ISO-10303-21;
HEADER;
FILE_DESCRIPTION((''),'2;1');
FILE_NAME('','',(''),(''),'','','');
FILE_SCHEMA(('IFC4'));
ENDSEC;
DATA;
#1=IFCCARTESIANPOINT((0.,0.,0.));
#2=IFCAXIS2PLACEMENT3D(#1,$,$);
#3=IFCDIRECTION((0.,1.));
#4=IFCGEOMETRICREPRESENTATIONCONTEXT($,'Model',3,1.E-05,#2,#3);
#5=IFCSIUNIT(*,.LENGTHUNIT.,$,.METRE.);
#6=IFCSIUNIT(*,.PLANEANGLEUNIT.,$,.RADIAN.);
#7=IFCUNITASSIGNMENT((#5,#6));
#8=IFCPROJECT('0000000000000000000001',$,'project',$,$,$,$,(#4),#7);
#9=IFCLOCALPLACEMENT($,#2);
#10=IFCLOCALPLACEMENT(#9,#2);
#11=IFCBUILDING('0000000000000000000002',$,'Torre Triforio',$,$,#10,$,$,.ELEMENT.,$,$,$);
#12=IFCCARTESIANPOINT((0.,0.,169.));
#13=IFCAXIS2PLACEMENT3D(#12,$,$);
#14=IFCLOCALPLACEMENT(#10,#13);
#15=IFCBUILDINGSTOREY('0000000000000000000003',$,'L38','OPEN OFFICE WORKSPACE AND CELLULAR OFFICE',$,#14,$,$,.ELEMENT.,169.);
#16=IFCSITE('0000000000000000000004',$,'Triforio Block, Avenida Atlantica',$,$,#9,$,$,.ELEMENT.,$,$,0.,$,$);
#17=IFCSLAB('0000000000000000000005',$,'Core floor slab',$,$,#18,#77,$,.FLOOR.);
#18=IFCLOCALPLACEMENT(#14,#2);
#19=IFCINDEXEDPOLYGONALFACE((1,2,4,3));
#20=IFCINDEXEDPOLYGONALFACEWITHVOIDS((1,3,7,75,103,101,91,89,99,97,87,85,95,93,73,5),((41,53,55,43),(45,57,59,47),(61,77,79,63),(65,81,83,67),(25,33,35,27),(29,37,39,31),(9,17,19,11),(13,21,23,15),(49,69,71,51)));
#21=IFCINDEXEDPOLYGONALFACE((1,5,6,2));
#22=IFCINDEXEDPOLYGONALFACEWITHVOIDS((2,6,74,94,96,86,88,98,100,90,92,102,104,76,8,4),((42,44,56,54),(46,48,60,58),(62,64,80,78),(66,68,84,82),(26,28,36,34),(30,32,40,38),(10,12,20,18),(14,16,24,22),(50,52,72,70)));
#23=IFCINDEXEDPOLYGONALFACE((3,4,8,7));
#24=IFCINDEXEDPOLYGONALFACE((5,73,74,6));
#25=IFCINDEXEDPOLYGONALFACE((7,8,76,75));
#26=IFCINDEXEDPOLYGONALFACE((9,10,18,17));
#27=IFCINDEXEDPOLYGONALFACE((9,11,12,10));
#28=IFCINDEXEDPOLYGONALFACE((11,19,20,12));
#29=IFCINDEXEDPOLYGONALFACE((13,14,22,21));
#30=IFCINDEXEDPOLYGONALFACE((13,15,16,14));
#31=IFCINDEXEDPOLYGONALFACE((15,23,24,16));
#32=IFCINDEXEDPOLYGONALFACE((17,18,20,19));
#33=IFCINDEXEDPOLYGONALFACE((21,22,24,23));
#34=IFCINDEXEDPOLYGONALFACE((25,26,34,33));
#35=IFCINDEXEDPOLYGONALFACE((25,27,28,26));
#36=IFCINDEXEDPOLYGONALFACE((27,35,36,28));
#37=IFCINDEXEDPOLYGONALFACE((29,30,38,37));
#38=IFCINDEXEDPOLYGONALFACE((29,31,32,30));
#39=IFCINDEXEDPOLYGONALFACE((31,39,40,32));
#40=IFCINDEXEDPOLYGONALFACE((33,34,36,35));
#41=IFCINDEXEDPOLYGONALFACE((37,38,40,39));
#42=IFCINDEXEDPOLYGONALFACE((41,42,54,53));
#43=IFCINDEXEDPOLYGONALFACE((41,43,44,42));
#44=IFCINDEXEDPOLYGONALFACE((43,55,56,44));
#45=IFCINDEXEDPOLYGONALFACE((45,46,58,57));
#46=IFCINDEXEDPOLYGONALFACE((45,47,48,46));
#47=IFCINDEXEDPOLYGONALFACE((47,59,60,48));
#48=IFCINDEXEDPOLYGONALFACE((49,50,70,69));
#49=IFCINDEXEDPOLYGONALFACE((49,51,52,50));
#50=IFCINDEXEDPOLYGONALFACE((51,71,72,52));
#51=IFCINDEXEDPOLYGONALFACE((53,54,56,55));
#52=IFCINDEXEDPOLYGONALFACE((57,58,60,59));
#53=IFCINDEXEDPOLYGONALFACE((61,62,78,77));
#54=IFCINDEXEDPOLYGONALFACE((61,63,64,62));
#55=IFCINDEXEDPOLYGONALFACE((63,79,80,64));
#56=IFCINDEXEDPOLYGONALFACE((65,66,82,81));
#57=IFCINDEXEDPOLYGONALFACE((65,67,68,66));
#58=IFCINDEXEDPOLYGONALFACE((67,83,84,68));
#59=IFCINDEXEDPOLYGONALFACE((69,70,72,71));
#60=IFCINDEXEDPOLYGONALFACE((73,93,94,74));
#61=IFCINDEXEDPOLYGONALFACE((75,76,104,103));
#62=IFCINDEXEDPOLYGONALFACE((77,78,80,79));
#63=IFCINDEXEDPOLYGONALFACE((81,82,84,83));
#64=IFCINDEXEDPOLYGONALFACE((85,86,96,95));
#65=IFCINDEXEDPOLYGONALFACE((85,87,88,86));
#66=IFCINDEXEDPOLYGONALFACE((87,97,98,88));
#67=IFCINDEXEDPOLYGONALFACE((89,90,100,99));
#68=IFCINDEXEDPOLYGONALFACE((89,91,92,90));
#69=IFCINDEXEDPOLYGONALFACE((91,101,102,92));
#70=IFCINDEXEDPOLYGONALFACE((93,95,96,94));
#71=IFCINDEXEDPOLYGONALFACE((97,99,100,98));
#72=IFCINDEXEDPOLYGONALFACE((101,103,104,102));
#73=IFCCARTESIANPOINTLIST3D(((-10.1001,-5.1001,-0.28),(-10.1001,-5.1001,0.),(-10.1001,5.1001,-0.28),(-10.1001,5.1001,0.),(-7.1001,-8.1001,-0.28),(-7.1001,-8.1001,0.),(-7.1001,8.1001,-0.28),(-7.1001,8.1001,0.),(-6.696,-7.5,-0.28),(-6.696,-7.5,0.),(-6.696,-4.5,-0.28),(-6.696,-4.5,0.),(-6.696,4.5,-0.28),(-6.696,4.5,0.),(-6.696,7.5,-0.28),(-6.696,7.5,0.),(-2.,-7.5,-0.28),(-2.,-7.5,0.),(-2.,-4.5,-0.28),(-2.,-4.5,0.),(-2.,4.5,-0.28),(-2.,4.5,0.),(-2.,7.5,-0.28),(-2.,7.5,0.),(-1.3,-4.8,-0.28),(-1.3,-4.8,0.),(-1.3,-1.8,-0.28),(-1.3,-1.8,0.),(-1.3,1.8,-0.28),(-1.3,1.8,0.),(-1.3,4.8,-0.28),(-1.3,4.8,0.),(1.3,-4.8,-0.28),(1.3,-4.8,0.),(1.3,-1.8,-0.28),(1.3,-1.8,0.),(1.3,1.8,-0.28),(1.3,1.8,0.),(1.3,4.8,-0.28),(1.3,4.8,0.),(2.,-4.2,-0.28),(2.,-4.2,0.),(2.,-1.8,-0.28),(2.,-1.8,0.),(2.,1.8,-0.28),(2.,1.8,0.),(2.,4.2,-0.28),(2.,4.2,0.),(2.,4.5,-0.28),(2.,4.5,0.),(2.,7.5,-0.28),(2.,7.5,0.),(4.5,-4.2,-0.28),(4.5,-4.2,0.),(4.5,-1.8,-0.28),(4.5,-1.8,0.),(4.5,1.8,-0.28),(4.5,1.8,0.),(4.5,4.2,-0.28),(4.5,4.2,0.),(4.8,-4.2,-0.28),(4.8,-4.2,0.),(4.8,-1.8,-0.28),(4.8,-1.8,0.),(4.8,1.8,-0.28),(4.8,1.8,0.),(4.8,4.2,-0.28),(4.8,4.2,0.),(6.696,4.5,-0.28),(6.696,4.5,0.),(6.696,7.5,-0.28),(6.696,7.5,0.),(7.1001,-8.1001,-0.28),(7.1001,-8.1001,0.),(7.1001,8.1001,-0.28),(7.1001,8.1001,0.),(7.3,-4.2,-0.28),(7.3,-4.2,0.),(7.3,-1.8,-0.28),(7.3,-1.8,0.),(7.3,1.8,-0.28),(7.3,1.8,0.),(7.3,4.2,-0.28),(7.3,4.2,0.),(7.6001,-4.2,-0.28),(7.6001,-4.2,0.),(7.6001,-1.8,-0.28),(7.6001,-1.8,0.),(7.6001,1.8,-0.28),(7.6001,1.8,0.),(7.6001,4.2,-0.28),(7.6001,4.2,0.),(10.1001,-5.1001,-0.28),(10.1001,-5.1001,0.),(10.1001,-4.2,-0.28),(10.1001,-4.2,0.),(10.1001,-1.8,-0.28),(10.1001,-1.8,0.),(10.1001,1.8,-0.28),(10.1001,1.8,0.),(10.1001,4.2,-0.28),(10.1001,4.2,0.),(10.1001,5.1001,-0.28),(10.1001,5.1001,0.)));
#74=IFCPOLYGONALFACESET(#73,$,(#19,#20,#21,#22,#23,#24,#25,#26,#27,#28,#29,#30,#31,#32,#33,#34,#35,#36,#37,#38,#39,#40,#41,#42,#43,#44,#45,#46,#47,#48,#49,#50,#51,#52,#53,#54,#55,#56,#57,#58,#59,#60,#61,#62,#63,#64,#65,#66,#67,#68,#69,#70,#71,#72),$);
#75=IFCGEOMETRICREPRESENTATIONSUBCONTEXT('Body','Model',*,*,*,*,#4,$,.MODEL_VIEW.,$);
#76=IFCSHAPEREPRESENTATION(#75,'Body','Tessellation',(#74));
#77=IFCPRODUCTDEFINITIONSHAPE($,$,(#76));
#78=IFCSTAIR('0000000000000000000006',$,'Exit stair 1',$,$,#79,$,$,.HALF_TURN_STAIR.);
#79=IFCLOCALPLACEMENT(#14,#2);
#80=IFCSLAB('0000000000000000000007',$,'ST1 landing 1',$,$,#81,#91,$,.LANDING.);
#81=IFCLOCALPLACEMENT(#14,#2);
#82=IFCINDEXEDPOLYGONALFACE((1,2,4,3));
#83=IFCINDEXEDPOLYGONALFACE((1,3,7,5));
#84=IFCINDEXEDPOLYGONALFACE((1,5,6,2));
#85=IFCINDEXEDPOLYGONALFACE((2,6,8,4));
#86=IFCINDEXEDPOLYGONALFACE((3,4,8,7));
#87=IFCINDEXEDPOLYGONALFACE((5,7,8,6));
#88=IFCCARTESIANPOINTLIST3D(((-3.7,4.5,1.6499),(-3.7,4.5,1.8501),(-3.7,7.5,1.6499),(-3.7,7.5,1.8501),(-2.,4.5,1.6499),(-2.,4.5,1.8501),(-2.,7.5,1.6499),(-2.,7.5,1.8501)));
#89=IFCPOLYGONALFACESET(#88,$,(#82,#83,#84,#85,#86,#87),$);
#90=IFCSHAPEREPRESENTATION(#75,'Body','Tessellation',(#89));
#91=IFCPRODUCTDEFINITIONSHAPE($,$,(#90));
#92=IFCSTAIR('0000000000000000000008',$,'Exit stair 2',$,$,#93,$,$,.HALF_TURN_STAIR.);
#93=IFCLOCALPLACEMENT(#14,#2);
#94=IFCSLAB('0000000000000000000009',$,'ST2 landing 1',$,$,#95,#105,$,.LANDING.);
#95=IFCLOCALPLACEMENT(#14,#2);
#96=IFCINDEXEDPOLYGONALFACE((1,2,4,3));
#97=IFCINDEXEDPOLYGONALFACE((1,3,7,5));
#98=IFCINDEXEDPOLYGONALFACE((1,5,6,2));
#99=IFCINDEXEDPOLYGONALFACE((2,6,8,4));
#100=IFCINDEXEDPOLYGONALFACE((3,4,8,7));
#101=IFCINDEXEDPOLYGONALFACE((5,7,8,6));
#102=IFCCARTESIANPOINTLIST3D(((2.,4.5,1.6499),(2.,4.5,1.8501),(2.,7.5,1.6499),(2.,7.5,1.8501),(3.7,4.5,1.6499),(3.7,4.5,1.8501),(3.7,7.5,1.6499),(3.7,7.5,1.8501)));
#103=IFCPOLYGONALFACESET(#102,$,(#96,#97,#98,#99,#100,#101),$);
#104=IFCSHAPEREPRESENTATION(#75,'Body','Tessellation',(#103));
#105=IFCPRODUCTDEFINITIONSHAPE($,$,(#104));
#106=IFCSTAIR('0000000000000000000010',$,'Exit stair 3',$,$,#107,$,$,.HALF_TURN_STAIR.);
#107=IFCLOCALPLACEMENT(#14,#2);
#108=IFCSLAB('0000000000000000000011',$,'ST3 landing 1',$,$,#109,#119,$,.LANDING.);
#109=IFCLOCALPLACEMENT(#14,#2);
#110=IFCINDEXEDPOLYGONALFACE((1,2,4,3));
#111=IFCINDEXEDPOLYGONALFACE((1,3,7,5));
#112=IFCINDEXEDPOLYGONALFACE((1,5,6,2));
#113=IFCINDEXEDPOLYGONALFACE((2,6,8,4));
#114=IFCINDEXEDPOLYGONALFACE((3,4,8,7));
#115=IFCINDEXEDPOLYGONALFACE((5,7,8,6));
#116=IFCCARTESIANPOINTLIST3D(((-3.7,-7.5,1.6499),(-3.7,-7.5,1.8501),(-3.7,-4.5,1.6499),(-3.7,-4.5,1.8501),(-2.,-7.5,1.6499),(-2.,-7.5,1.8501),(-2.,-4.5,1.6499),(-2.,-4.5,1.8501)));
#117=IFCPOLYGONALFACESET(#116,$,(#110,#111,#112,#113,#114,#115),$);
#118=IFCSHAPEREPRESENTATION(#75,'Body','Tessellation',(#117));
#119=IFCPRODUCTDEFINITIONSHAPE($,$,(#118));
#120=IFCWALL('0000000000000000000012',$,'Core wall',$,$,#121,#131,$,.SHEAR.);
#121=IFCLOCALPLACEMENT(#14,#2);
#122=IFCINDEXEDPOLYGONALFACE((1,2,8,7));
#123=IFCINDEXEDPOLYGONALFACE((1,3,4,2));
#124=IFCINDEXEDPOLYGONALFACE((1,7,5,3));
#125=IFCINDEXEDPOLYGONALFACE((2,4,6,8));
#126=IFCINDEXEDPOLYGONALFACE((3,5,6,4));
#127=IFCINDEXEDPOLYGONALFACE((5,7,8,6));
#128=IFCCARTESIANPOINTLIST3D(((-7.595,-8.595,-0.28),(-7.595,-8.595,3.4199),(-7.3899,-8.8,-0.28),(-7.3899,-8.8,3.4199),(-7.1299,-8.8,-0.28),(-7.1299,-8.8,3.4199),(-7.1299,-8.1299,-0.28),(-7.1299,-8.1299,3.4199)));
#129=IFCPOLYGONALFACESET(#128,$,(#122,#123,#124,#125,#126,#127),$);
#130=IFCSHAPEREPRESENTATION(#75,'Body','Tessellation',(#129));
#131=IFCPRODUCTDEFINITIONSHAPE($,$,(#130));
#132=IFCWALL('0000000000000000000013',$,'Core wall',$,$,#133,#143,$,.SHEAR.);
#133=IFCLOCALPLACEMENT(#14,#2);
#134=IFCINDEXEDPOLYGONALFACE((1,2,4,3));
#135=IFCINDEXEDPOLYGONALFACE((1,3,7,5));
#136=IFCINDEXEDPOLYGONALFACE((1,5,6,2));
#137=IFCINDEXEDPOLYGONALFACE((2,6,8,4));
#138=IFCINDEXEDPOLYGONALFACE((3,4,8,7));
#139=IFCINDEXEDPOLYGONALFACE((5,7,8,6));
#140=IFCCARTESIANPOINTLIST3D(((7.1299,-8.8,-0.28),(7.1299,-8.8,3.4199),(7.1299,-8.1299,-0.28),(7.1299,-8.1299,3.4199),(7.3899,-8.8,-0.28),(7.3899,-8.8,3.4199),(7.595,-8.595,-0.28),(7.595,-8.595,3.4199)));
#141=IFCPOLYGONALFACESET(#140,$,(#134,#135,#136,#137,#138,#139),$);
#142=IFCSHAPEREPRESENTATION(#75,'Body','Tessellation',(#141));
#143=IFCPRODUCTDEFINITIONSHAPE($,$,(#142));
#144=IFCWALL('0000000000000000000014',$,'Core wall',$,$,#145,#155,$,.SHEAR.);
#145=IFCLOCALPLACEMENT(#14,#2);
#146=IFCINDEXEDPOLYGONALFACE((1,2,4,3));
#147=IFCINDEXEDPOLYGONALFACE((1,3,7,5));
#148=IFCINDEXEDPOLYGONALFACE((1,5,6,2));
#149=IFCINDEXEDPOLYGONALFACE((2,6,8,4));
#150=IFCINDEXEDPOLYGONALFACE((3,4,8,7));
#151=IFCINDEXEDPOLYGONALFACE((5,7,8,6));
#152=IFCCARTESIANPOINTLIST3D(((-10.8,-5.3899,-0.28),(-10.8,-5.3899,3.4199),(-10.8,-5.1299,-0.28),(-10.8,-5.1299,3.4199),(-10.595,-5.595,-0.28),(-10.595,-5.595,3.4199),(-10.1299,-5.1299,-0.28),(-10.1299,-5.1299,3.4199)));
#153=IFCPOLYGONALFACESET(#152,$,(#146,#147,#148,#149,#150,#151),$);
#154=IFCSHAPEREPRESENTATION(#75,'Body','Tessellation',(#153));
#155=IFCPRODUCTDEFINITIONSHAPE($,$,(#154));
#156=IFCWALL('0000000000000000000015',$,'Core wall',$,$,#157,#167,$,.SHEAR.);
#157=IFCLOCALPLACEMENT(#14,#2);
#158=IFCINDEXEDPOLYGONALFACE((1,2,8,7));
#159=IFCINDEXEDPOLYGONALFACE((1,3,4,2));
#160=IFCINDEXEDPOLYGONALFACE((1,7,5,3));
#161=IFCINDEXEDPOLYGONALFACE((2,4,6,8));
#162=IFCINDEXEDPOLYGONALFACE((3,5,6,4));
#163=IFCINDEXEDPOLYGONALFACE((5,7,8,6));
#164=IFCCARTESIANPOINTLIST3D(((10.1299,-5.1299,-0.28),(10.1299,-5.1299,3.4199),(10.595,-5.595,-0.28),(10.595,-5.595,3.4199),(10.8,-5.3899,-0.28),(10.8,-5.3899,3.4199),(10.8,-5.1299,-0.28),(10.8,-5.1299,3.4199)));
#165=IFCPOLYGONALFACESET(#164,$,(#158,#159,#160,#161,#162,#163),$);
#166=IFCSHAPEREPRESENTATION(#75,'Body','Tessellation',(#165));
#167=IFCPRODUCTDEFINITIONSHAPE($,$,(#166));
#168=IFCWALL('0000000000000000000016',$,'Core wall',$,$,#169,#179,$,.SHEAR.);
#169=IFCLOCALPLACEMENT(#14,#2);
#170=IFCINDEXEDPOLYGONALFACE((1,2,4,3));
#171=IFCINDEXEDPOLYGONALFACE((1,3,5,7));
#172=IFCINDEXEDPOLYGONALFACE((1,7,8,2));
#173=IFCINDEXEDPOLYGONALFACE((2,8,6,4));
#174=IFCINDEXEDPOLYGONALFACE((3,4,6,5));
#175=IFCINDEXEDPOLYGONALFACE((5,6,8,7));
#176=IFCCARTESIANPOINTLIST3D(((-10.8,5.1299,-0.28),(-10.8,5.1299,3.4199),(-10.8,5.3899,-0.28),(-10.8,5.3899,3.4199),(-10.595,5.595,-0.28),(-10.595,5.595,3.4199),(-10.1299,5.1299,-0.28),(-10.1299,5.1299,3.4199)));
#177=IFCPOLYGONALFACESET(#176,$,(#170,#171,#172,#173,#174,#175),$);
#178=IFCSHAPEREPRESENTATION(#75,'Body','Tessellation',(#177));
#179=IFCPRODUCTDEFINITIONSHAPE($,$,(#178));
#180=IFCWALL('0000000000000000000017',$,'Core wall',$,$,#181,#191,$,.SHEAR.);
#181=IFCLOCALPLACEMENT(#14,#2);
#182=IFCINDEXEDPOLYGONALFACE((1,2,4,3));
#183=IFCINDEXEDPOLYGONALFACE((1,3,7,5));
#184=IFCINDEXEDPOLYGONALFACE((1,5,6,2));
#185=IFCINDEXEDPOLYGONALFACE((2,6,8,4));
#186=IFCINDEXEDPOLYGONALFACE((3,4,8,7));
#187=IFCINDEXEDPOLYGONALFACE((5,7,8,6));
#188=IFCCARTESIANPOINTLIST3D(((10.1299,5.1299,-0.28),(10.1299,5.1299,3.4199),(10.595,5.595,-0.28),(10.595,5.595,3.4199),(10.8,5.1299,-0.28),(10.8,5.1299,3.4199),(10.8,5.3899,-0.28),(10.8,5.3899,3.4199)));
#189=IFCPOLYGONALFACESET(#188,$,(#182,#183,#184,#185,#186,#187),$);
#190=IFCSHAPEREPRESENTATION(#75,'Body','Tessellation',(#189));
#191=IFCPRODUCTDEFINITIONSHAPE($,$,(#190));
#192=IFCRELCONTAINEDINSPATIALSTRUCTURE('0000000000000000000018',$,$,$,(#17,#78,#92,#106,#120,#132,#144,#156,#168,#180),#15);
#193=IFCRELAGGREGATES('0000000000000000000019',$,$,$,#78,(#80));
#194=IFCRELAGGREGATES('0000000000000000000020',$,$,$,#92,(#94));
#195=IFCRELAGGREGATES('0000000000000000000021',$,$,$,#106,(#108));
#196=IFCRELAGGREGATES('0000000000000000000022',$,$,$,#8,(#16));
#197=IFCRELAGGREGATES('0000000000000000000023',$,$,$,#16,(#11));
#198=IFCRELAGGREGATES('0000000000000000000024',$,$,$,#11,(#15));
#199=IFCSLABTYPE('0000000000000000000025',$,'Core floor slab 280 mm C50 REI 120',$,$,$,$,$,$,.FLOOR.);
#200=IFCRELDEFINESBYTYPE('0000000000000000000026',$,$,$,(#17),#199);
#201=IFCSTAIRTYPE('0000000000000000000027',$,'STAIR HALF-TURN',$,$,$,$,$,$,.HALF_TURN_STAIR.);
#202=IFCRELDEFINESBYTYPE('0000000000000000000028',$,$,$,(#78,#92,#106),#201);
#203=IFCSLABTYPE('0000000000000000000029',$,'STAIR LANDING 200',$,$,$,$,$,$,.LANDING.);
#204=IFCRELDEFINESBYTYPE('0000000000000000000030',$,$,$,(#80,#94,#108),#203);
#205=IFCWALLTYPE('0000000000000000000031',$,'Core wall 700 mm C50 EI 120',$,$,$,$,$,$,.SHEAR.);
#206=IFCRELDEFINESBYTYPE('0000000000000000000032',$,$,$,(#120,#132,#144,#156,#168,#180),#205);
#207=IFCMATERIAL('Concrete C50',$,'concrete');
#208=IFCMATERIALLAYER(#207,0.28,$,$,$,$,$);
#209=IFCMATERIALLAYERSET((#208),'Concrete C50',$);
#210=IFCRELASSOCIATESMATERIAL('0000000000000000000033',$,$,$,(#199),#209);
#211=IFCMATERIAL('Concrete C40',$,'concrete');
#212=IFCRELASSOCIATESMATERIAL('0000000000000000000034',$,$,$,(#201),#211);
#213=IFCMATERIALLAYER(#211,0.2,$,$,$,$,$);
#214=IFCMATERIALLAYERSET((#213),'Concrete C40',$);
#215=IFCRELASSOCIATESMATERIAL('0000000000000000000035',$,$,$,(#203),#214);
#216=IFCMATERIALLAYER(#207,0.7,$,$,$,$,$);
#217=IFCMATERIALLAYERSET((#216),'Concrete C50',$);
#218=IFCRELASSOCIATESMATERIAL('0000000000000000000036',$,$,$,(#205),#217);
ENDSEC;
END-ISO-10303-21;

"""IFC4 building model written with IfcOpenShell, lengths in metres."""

from ifc_helpers import new_model, si_unit, direction, frame, origin, place, context, subcontext, project, spatial, polyline, outline, extrude, material, layer, layer_set, type_object, element, aggregate, save


model = new_model("IFC4")

# Units and contexts
model_context = context("Model", 3, precision=1e-05, world=origin(), true_north=direction((0.0, 1.0)))
body_context = subcontext(model_context, "Body", "Model", "MODEL_VIEW")
ifc_project = project(units=[si_unit("LENGTHUNIT", "METRE"), si_unit("PLANEANGLEUNIT", "RADIAN")], contexts=[model_context])

# Site, building, storey
site_placement = place(None, origin())
site = spatial("IfcSite", under=ifc_project, at=site_placement, Name="Triforio Block, Avenida Atlantica", CompositionType="ELEMENT", RefElevation=0.0)
building_placement = place(site_placement, origin())
building = spatial("IfcBuilding", under=site, at=building_placement, Name="Torre Triforio", CompositionType="ELEMENT")
storey_placement = place(building_placement, frame((0.0, 0.0, 169.0)))
storey = spatial("IfcBuildingStorey", under=building, at=storey_placement, Name="L38", Description="OPEN OFFICE WORKSPACE AND CELLULAR OFFICE", CompositionType="ELEMENT", Elevation=169.0)

# Slab
ifc_material_1 = material(Name="Concrete C50", Category="concrete")
ifc_layer_1 = layer(ifc_material_1, 0.28)
ifc_layer_set_1 = layer_set([ifc_layer_1], Name="Concrete C50")
slab_type_1 = type_object("IfcSlabType", Name="Core floor slab 280 mm C50 REI 120", PredefinedType="FLOOR", material=ifc_layer_set_1)
slab_1_placement = place(storey_placement, frame((0.0, 0.0, -0.28)))
element("IfcSlab", 1, at=slab_1_placement, inside=storey, type_object=slab_type_1, Name="Core floor slab", PredefinedType="FLOOR", context=body_context, shape_type="SweptSolid", body=[
    extrude(outline(polyline([(10.1001, -5.1001), (7.1001, -8.1001), (-7.1001, -8.1001), (-10.1001, -5.1001), (-10.1001, 5.1001), (-7.1001, 8.1001), (7.1001, 8.1001), (10.1001, 5.1001), (10.1001, 4.2), (7.6001, 4.2), (7.6001, 1.8), (10.1001, 1.8), (10.1001, -1.8), (7.6001, -1.8), (7.6001, -4.2), (10.1001, -4.2), (10.1001, -5.1001)]), holes=[polyline([(-6.696, -4.5), (-6.696, -7.5), (-2.0, -7.5), (-2.0, -4.5), (-6.696, -4.5)]), polyline([(-1.3, -1.8), (-1.3, -4.8), (1.3, -4.8), (1.3, -1.8), (-1.3, -1.8)]), polyline([(2.0, -1.8), (2.0, -4.2), (4.5, -4.2), (4.5, -1.8), (2.0, -1.8)]), polyline([(4.5, 4.2), (2.0, 4.2), (2.0, 1.8), (4.5, 1.8), (4.5, 4.2)]), polyline([(1.3, 4.8), (-1.3, 4.8), (-1.3, 1.8), (1.3, 1.8), (1.3, 4.8)]), polyline([(-6.696, 7.5), (-6.696, 4.5), (-2.0, 4.5), (-2.0, 7.5), (-6.696, 7.5)]), polyline([(7.3, -1.8), (4.8, -1.8), (4.8, -4.2), (7.3, -4.2), (7.3, -1.8)]), polyline([(4.8, 4.2), (4.8, 1.8), (7.3, 1.8), (7.3, 4.2), (4.8, 4.2)]), polyline([(6.696, 7.5), (2.0, 7.5), (2.0, 4.5), (6.696, 4.5), (6.696, 7.5)])]), origin(), (0.0, 0.0, 1.0), 0.28),
])

# Stairs, slabs
ifc_material_2 = material(Name="Concrete C40", Category="concrete")
stair_type = type_object("IfcStairType", Name="STAIR HALF-TURN", PredefinedType="HALF_TURN_STAIR", material=ifc_material_2)
stair_1_placement = place(storey_placement, origin())
stair_1 = element("IfcStair", 2, at=stair_1_placement, inside=storey, type_object=stair_type, Name="Exit stair 1", PredefinedType="HALF_TURN_STAIR")
ifc_layer_2 = layer(ifc_material_2, 0.2)
ifc_layer_set_2 = layer_set([ifc_layer_2], Name="Concrete C40")
slab_type_2 = type_object("IfcSlabType", Name="STAIR LANDING 200", PredefinedType="LANDING", material=ifc_layer_set_2)
slab_2_placement = place(storey_placement, frame((0.0, 0.0, 1.6499)))
slab_2 = element("IfcSlab", 3, at=slab_2_placement, type_object=slab_type_2, Name="ST1 landing 1", PredefinedType="LANDING", context=body_context, shape_type="SweptSolid", body=[
    extrude(outline(polyline([(-2.0, 4.5), (-2.0, 7.5), (-3.7, 7.5), (-3.7, 4.5), (-2.0, 4.5)])), origin(), (0.0, 0.0, 1.0), 0.2002),
])
aggregate(stair_1, [slab_2])
stair_2_placement = place(storey_placement, origin())
stair_2 = element("IfcStair", 4, at=stair_2_placement, inside=storey, type_object=stair_type, Name="Exit stair 2", PredefinedType="HALF_TURN_STAIR")
slab_3_placement = place(storey_placement, frame((0.0, 0.0, 1.6499)))
slab_3 = element("IfcSlab", 5, at=slab_3_placement, type_object=slab_type_2, Name="ST2 landing 1", PredefinedType="LANDING", context=body_context, shape_type="SweptSolid", body=[
    extrude(outline(polyline([(3.7, 4.5), (3.7, 7.5), (2.0, 7.5), (2.0, 4.5), (3.7, 4.5)])), origin(), (0.0, 0.0, 1.0), 0.2002),
])
aggregate(stair_2, [slab_3])
stair_3_placement = place(storey_placement, origin())
stair_3 = element("IfcStair", 6, at=stair_3_placement, inside=storey, type_object=stair_type, Name="Exit stair 3", PredefinedType="HALF_TURN_STAIR")
slab_4_placement = place(storey_placement, frame((0.0, 0.0, 1.6499)))
slab_4 = element("IfcSlab", 7, at=slab_4_placement, type_object=slab_type_2, Name="ST3 landing 1", PredefinedType="LANDING", context=body_context, shape_type="SweptSolid", body=[
    extrude(outline(polyline([(-2.0, -7.5), (-2.0, -4.5), (-3.7, -4.5), (-3.7, -7.5), (-2.0, -7.5)])), origin(), (0.0, 0.0, 1.0), 0.2002),
])
aggregate(stair_3, [slab_4])

# Walls
ifc_layer_3 = layer(ifc_material_1, 0.7)
ifc_layer_set_3 = layer_set([ifc_layer_3], Name="Concrete C50")
wall_type_1 = type_object("IfcWallType", Name="Core wall 700 mm C50 EI 120", PredefinedType="SHEAR", material=ifc_layer_set_3)
wall_1_placement = place(storey_placement, frame((0.0, 0.0, -0.28)))
element("IfcWall", 8, at=wall_1_placement, inside=storey, type_object=wall_type_1, Name="Core wall", PredefinedType="SHEAR", context=body_context, shape_type="SweptSolid", body=[
    extrude(outline(polyline([(-7.3899, -8.8), (-7.595, -8.595), (-7.595, -8.595), (-7.595, -8.595), (-7.1299, -8.1299), (-7.1299, -8.8), (-7.1299, -8.8), (-7.3899, -8.8)])), origin(), (0.0, 0.0, 1.0), 3.7),
])
wall_2_placement = place(storey_placement, frame((0.0, 0.0, -0.28)))
element("IfcWall", 9, at=wall_2_placement, inside=storey, type_object=wall_type_1, Name="Core wall", PredefinedType="SHEAR", context=body_context, shape_type="SweptSolid", body=[
    extrude(outline(polyline([(7.3899, -8.8), (7.1299, -8.8), (7.1299, -8.8), (7.1299, -8.1299), (7.595, -8.595), (7.595, -8.595), (7.595, -8.595), (7.3899, -8.8)])), origin(), (0.0, 0.0, 1.0), 3.7),
])
wall_3_placement = place(storey_placement, frame((0.0, 0.0, -0.28)))
element("IfcWall", 10, at=wall_3_placement, inside=storey, type_object=wall_type_1, Name="Core wall", PredefinedType="SHEAR", context=body_context, shape_type="SweptSolid", body=[
    extrude(outline(polyline([(-10.8, -5.3899), (-10.8, -5.1299), (-10.8, -5.1299), (-10.1299, -5.1299), (-10.595, -5.595), (-10.595, -5.595), (-10.595, -5.595), (-10.8, -5.3899)])), origin(), (0.0, 0.0, 1.0), 3.7),
])
wall_4_placement = place(storey_placement, frame((0.0, 0.0, -0.28)))
element("IfcWall", 11, at=wall_4_placement, inside=storey, type_object=wall_type_1, Name="Core wall", PredefinedType="SHEAR", context=body_context, shape_type="SweptSolid", body=[
    extrude(outline(polyline([(10.8, -5.3899), (10.595, -5.595), (10.595, -5.595), (10.595, -5.595), (10.1299, -5.1299), (10.8, -5.1299), (10.8, -5.1299), (10.8, -5.3899)])), origin(), (0.0, 0.0, 1.0), 3.7),
])
wall_5_placement = place(storey_placement, frame((0.0, 0.0, -0.28)))
element("IfcWall", 12, at=wall_5_placement, inside=storey, type_object=wall_type_1, Name="Core wall", PredefinedType="SHEAR", context=body_context, shape_type="SweptSolid", body=[
    extrude(outline(polyline([(-10.595, 5.595), (-10.595, 5.595), (-10.595, 5.595), (-10.1299, 5.1299), (-10.8, 5.1299), (-10.8, 5.1299), (-10.8, 5.3899), (-10.595, 5.595)])), origin(), (0.0, 0.0, 1.0), 3.7),
])
wall_6_placement = place(storey_placement, frame((0.0, 0.0, -0.28)))
element("IfcWall", 13, at=wall_6_placement, inside=storey, type_object=wall_type_1, Name="Core wall", PredefinedType="SHEAR", context=body_context, shape_type="SweptSolid", body=[
    extrude(outline(polyline([(10.8, 5.3899), (10.8, 5.1299), (10.8, 5.1299), (10.1299, 5.1299), (10.595, 5.595), (10.595, 5.595), (10.595, 5.595), (10.8, 5.3899)])), origin(), (0.0, 0.0, 1.0), 3.7),
])

save(model, "model.ifc")
